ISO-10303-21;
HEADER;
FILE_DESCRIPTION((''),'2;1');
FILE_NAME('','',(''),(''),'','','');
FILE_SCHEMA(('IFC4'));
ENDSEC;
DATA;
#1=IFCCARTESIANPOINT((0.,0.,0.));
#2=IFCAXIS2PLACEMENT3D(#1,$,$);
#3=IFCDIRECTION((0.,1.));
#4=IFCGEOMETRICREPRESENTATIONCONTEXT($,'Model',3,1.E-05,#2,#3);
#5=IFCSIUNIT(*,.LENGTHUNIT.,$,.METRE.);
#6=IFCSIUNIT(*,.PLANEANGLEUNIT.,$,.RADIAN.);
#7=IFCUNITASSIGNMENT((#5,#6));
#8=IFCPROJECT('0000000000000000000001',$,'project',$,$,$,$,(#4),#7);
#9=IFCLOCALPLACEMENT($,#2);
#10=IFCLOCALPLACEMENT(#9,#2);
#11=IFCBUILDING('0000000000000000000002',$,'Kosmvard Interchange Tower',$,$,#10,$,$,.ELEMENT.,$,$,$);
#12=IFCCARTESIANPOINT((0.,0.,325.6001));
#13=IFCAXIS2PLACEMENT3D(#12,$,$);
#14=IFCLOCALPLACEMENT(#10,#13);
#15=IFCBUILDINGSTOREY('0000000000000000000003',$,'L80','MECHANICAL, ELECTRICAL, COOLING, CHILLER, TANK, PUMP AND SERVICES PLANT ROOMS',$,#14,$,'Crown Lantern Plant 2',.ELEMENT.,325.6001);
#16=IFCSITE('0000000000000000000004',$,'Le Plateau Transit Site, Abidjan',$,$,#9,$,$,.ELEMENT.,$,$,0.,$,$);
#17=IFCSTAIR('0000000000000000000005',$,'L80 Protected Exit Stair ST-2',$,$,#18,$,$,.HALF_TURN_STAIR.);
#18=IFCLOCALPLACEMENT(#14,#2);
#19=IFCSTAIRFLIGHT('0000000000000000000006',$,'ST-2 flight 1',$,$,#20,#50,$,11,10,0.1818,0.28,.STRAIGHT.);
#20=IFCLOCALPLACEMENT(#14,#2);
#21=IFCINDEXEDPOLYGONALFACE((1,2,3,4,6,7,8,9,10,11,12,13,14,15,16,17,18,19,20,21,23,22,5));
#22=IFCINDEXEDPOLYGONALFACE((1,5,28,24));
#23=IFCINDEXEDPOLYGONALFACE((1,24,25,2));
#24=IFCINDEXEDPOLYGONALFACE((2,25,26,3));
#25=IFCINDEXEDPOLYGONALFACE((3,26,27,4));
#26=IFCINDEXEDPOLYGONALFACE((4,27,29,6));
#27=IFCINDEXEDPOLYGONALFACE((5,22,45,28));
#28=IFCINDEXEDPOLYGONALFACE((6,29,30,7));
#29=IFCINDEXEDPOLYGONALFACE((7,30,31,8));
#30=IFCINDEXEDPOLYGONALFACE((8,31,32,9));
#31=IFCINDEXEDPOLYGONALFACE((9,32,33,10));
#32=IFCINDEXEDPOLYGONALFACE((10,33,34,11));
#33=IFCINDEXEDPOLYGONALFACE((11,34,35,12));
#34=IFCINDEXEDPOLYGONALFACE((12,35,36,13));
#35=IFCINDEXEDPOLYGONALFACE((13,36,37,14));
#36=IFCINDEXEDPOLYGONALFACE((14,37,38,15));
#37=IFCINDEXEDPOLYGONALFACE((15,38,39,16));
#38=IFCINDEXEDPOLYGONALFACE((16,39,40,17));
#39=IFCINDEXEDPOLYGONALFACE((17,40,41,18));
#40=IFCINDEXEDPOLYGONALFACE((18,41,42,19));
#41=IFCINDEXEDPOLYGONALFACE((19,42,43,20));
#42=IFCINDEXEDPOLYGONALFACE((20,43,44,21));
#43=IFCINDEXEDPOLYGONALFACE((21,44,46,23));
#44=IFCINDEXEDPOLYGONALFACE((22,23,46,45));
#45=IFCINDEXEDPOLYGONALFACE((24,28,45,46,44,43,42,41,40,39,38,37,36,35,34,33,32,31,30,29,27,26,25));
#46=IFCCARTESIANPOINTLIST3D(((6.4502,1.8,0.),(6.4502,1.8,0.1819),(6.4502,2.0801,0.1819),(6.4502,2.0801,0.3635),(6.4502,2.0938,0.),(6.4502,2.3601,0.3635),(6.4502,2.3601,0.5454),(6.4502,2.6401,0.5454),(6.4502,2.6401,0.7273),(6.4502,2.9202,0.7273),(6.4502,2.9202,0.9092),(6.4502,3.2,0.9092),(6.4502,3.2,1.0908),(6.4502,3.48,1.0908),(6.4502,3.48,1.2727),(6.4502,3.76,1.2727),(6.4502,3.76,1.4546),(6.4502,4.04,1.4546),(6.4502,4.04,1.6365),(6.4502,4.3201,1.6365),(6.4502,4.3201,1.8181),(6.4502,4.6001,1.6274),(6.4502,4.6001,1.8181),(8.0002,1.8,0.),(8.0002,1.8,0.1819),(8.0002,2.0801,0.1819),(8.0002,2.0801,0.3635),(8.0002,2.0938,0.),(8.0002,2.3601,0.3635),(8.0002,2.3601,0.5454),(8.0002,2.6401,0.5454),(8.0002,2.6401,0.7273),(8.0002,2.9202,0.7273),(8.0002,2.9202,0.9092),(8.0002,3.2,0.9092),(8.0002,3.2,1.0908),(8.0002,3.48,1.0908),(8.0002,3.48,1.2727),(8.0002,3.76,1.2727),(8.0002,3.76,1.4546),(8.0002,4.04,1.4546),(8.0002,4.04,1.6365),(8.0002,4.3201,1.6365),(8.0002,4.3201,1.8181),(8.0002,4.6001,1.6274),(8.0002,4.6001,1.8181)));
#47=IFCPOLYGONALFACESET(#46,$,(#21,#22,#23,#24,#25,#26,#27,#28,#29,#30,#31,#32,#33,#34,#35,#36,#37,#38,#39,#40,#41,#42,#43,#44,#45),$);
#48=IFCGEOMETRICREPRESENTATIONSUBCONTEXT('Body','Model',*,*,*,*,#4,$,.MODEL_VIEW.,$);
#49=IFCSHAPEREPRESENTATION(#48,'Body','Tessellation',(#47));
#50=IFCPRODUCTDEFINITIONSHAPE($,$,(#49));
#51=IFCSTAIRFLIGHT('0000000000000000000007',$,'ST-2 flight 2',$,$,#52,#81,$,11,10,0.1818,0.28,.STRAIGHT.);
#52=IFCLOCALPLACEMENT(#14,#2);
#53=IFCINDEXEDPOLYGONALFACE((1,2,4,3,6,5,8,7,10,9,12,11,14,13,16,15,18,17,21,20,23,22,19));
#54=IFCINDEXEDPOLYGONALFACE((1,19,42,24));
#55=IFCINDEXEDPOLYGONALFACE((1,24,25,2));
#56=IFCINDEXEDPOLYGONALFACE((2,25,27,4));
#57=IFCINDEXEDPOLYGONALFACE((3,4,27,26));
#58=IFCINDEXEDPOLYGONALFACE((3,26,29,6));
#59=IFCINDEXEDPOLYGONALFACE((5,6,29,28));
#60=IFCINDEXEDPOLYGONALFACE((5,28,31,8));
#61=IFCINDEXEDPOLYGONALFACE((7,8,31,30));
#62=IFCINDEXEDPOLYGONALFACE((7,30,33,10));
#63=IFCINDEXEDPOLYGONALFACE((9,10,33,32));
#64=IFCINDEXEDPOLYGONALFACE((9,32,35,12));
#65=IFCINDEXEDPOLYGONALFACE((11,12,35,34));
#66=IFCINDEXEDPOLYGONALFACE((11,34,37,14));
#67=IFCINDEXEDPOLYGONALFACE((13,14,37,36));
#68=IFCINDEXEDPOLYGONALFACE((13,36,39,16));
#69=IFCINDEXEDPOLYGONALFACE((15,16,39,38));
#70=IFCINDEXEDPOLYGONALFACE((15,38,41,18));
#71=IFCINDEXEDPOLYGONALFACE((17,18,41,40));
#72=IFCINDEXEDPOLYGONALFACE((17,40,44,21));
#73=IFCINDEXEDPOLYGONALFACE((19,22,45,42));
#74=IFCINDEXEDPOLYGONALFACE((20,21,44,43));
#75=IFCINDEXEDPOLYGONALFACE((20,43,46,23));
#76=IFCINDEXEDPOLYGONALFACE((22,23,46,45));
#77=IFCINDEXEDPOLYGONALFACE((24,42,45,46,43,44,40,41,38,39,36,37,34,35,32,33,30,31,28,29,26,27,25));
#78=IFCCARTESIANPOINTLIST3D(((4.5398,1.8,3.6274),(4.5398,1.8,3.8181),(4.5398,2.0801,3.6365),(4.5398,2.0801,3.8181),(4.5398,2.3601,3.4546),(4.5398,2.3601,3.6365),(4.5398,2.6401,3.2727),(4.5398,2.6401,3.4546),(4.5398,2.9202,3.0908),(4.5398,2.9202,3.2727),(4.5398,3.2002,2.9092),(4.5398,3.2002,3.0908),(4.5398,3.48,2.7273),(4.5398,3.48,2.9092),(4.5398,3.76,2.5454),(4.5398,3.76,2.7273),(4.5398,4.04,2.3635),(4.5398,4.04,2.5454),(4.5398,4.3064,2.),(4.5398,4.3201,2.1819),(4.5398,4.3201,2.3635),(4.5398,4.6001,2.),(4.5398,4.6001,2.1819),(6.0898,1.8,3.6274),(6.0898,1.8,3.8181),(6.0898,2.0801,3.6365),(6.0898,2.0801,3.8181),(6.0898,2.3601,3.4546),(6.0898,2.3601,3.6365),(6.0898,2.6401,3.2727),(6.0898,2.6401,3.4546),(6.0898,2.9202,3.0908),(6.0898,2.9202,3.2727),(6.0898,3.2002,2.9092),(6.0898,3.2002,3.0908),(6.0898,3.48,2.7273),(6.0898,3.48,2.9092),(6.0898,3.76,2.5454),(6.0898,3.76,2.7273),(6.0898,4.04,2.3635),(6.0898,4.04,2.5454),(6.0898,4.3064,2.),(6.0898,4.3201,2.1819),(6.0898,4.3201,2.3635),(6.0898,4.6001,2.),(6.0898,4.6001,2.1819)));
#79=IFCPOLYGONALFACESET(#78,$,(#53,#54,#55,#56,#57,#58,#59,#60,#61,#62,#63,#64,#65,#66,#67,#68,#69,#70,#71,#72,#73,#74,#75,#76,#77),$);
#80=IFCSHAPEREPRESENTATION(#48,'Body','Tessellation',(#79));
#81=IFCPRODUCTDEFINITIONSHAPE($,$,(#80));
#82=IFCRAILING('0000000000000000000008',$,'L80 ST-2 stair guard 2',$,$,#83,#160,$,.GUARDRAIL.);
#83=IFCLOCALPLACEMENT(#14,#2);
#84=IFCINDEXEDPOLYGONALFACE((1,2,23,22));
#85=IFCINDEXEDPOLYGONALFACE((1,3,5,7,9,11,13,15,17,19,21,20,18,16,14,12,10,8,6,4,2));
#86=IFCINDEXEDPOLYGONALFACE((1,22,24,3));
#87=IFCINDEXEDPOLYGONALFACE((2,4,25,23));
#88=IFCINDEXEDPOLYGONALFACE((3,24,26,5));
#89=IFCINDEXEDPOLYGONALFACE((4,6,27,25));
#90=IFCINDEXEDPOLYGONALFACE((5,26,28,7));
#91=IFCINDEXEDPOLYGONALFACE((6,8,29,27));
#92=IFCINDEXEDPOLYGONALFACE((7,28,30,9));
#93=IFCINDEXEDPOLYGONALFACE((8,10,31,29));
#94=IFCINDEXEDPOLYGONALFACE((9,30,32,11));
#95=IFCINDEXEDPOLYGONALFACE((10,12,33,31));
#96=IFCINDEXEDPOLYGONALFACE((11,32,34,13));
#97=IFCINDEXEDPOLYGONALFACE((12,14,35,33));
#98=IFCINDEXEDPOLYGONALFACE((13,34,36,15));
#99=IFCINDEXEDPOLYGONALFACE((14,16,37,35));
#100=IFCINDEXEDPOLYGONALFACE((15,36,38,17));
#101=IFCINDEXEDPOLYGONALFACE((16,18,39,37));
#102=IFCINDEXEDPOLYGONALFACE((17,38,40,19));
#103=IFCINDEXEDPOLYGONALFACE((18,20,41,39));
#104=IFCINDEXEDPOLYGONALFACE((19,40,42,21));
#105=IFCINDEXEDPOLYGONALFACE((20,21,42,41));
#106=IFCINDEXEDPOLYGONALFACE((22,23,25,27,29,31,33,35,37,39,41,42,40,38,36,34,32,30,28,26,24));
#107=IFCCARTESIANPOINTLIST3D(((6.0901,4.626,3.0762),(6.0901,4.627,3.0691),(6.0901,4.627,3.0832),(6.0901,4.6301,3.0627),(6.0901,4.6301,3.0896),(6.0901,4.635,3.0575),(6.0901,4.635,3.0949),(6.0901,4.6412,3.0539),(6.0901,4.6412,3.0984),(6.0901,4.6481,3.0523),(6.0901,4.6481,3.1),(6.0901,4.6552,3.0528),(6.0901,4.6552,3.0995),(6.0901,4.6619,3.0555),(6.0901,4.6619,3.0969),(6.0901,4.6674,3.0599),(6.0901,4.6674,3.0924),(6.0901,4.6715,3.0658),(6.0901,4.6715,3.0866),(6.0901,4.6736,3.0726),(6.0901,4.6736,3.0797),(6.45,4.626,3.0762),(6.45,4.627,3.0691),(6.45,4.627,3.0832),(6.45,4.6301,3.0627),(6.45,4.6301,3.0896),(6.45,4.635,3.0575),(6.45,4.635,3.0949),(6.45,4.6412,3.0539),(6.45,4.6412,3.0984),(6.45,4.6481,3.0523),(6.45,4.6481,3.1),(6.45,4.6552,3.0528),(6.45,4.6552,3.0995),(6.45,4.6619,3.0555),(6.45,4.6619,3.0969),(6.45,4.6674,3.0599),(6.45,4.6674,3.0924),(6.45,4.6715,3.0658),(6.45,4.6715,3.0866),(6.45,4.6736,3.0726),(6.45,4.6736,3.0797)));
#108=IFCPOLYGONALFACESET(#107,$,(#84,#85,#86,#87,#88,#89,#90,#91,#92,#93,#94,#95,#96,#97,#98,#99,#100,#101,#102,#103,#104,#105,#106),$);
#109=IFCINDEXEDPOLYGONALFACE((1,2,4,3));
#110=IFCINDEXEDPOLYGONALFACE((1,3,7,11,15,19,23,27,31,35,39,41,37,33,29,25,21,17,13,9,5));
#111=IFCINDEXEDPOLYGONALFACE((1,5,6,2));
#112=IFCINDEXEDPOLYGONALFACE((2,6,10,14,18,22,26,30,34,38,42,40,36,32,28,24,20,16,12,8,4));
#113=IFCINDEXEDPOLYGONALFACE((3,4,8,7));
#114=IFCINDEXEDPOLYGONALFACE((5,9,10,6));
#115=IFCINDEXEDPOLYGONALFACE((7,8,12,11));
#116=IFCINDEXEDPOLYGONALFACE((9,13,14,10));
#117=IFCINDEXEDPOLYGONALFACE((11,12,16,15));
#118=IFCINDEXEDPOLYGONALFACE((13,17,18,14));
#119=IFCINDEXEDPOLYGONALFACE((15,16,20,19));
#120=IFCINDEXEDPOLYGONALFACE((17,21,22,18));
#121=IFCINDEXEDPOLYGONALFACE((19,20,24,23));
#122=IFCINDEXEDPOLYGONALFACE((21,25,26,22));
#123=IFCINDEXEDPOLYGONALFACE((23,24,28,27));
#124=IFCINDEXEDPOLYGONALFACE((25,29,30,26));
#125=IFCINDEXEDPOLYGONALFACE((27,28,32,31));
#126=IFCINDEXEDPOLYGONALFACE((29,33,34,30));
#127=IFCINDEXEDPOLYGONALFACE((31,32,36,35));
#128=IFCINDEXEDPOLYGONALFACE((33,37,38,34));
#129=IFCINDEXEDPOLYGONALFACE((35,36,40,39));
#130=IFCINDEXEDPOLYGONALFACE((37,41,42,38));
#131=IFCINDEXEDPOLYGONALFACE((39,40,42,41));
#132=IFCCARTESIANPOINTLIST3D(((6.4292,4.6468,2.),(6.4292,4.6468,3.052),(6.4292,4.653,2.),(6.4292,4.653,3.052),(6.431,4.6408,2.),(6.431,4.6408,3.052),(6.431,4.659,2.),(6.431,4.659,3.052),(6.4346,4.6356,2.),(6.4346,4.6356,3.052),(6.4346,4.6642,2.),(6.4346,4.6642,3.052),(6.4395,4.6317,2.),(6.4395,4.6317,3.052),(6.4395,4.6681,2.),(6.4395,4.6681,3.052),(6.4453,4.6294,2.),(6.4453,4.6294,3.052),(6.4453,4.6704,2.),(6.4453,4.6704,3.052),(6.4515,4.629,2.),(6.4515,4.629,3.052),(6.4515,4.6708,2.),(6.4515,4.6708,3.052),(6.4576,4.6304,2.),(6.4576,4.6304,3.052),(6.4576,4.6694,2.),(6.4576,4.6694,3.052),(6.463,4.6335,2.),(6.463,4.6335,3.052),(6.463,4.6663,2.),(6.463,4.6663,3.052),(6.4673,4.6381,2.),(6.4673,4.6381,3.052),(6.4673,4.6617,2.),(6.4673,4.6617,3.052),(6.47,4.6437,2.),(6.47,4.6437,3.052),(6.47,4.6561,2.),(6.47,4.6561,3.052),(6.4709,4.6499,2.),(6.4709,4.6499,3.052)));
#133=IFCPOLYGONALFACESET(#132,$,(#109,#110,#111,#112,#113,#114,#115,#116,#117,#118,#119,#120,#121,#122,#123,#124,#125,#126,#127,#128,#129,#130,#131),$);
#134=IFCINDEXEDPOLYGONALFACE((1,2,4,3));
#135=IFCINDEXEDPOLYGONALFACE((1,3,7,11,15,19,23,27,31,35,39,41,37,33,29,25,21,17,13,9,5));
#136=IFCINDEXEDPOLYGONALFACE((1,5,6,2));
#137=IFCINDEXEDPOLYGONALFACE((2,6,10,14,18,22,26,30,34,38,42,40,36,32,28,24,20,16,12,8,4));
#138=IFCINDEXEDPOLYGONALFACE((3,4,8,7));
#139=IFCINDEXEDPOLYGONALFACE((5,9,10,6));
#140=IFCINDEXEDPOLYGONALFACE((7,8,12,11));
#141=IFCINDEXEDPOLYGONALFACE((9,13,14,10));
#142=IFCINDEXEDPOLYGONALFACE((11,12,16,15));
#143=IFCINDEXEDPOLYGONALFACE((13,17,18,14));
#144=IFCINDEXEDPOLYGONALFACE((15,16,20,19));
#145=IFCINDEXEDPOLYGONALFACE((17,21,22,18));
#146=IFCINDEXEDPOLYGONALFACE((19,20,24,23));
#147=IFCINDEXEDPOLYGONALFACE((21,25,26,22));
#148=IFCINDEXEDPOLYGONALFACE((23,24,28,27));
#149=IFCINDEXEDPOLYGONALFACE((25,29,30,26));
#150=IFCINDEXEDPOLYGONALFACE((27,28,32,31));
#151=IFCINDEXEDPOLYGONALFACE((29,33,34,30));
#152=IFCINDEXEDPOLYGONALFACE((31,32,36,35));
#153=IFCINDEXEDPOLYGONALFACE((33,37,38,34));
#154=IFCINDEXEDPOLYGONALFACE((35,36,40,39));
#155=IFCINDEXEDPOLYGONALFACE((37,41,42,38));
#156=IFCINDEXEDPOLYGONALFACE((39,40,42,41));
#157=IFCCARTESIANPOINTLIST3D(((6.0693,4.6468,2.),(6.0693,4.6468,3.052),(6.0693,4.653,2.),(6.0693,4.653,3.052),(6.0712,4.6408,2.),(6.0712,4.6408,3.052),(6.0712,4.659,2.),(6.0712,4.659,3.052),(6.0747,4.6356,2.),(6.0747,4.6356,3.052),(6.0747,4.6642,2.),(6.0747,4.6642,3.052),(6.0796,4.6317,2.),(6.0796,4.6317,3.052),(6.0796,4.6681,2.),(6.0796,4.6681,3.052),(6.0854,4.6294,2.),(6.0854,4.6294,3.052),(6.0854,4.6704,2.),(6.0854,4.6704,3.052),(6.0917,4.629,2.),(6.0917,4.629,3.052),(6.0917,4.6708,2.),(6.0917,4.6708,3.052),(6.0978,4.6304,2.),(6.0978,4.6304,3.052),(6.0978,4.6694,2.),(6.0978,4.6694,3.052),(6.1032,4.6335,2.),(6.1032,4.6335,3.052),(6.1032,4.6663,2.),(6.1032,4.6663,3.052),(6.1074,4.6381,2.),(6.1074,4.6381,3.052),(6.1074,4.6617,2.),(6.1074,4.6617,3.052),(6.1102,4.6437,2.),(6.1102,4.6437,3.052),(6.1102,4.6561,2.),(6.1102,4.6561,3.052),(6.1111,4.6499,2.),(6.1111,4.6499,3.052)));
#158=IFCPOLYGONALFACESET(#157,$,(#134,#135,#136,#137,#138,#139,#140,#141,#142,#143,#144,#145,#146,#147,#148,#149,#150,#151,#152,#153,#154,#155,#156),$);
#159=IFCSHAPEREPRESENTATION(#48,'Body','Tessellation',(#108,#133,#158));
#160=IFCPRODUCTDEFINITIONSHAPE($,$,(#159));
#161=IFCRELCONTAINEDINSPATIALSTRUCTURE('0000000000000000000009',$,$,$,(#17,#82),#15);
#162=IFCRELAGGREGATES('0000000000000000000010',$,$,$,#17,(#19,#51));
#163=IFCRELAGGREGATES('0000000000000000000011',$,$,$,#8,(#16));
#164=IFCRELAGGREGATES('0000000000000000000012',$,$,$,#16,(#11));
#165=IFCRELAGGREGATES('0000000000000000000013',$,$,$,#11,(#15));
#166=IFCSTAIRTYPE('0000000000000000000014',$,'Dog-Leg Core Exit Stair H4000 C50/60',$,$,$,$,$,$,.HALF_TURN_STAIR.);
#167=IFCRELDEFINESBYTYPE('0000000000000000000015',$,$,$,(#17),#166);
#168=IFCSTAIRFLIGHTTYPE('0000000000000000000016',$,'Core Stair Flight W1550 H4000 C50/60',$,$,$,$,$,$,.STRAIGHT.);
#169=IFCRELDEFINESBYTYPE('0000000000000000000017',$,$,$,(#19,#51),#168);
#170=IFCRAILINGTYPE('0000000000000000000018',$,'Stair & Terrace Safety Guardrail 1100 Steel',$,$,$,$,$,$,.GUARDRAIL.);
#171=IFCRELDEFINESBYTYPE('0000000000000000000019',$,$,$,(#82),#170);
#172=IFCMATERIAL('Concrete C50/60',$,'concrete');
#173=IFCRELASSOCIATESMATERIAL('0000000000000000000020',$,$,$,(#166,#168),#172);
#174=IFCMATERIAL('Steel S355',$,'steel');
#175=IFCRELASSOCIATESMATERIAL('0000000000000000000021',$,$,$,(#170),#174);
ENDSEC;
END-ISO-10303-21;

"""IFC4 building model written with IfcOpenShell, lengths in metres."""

from ifc_helpers import new_model, si_unit, direction, frame, origin, origin_2d, place, context, subcontext, project, spatial, polyline, circle, outline, extrude, source, transform, mapped, material, type_object, element, aggregate, save


model = new_model("IFC4")

# Units and contexts
model_context = context("Model", 3, precision=1e-05, world=origin(), true_north=direction((0.0, 1.0)))
body_context = subcontext(model_context, "Body", "Model", "MODEL_VIEW")
ifc_project = project(units=[si_unit("LENGTHUNIT", "METRE"), si_unit("PLANEANGLEUNIT", "RADIAN")], contexts=[model_context])

# Site, building, storey
site_placement = place(None, origin())
site = spatial("IfcSite", under=ifc_project, at=site_placement, Name="Le Plateau Transit Site, Abidjan", CompositionType="ELEMENT", RefElevation=0.0)
building_placement = place(site_placement, origin())
building = spatial("IfcBuilding", under=site, at=building_placement, Name="Kosmvard Interchange Tower", CompositionType="ELEMENT")
storey_placement = place(building_placement, frame((0.0, 0.0, 325.6001)))
storey = spatial("IfcBuildingStorey", under=building, at=storey_placement, Name="L80", Description="MECHANICAL, ELECTRICAL, COOLING, CHILLER, TANK, PUMP AND SERVICES PLANT ROOMS", LongName="Crown Lantern Plant 2", CompositionType="ELEMENT", Elevation=325.6001)

# Shared definitions
ifc_material_1 = material(Name="Concrete C50/60", Category="concrete")

# Shared definitions
ifc_material_2 = material(Name="Steel S355", Category="steel")

# Stair, stair flights
stair_type = type_object("IfcStairType", Name="Dog-Leg Core Exit Stair H4000 C50/60", PredefinedType="HALF_TURN_STAIR", material=ifc_material_1)
stair_placement = place(storey_placement, origin())
stair = element("IfcStair", 1, at=stair_placement, inside=storey, type_object=stair_type, Name="L80 Protected Exit Stair ST-2", PredefinedType="HALF_TURN_STAIR")
stair_flight_type = type_object("IfcStairFlightType", Name="Core Stair Flight W1550 H4000 C50/60", PredefinedType="STRAIGHT", material=ifc_material_1)
shared_shape_1 = source(origin(), body_context, "Body", "SweptSolid", [
    extrude(outline(polyline([(0.0, 0.0), (0.0, 0.1819), (0.28, 0.1819), (0.28, 0.3635), (0.5601, 0.3635), (0.5601, 0.5454), (0.8401, 0.5454), (0.8401, 0.7273), (1.1201, 0.7273), (1.1201, 0.9092), (1.3999, 0.9092), (1.3999, 1.0908), (1.6799, 1.0908), (1.6799, 1.2727), (1.96, 1.2727), (1.96, 1.4546), (2.24, 1.4546), (2.24, 1.6365), (2.52, 1.6365), (2.52, 1.8181), (2.8, 1.8181), (2.8, 2.0), (2.8, 1.6274), (0.2937, 0.0), (0.0, 0.0)])), frame((0.0, 0.7749, 0.0), z_axis=(0.0, -1.0, 0.0), x_axis=(1.0, 0.0, 0.0)), (0.0, 0.0, 1.0), 1.55),
])
stair_flight_1_placement = place(storey_placement, frame((7.2251, 1.8, 0.0), z_axis=(0.0, 0.0, 1.0), x_axis=(0.0, 1.0, 0.0)))
stair_flight_1 = element("IfcStairFlight", 2, at=stair_flight_1_placement, type_object=stair_flight_type, Name="ST-2 flight 1", NumberOfRisers=11, NumberOfTreads=10, PredefinedType="STRAIGHT", RiserHeight=0.1818, TreadLength=0.28, context=body_context, shape_type="MappedRepresentation", body=[
    mapped(shared_shape_1, transform((0.0, 0.0, 0.0), scale=1.0)),
])
stair_flight_2_placement = place(storey_placement, frame((5.3149, 4.6001, 2.0), z_axis=(0.0, 0.0, 1.0), x_axis=(0.0, -1.0, 0.0)))
stair_flight_2 = element("IfcStairFlight", 3, at=stair_flight_2_placement, type_object=stair_flight_type, Name="ST-2 flight 2", NumberOfRisers=11, NumberOfTreads=10, PredefinedType="STRAIGHT", RiserHeight=0.1818, TreadLength=0.28, context=body_context, shape_type="MappedRepresentation", body=[
    mapped(shared_shape_1, transform((0.0, 0.0, 0.0), scale=1.0)),
])
aggregate(stair, [stair_flight_1, stair_flight_2])

# Railing
railing_type_1 = type_object("IfcRailingType", Name="Stair & Terrace Safety Guardrail 1100 Steel", PredefinedType="GUARDRAIL", material=ifc_material_2)
shared_shape_2 = source(origin(), body_context, "Body", "SweptSolid", [
    extrude(circle(Radius=0.0239, at=origin_2d()), frame((0.0, 0.0, 1.0762), z_axis=(-1.0, 0.0, 0.0), x_axis=(0.0, -1.0, 0.0)), (0.0, 0.0, 1.0), 0.3599),
    extrude(circle(Radius=0.021, at=origin_2d()), origin(), (0.0, 0.0, 1.0), 1.052),
    extrude(circle(Radius=0.021, at=origin_2d()), frame((-0.3599, 0.0, 0.0)), (0.0, 0.0, 1.0), 1.052),
])
for number, where, name in (
    (4, (6.45, 4.6499, 2.0), "L80 ST-2 stair guard 2"),
):
    element("IfcRailing", number, at=place(storey_placement, frame(where)), inside=storey, type_object=railing_type_1, Name=name, PredefinedType="GUARDRAIL", context=body_context, shape_type="MappedRepresentation", body=[
        mapped(shared_shape_2, transform((0.0, 0.0, 0.0), scale=1.0)),
    ])

save(model, "model.ifc")
